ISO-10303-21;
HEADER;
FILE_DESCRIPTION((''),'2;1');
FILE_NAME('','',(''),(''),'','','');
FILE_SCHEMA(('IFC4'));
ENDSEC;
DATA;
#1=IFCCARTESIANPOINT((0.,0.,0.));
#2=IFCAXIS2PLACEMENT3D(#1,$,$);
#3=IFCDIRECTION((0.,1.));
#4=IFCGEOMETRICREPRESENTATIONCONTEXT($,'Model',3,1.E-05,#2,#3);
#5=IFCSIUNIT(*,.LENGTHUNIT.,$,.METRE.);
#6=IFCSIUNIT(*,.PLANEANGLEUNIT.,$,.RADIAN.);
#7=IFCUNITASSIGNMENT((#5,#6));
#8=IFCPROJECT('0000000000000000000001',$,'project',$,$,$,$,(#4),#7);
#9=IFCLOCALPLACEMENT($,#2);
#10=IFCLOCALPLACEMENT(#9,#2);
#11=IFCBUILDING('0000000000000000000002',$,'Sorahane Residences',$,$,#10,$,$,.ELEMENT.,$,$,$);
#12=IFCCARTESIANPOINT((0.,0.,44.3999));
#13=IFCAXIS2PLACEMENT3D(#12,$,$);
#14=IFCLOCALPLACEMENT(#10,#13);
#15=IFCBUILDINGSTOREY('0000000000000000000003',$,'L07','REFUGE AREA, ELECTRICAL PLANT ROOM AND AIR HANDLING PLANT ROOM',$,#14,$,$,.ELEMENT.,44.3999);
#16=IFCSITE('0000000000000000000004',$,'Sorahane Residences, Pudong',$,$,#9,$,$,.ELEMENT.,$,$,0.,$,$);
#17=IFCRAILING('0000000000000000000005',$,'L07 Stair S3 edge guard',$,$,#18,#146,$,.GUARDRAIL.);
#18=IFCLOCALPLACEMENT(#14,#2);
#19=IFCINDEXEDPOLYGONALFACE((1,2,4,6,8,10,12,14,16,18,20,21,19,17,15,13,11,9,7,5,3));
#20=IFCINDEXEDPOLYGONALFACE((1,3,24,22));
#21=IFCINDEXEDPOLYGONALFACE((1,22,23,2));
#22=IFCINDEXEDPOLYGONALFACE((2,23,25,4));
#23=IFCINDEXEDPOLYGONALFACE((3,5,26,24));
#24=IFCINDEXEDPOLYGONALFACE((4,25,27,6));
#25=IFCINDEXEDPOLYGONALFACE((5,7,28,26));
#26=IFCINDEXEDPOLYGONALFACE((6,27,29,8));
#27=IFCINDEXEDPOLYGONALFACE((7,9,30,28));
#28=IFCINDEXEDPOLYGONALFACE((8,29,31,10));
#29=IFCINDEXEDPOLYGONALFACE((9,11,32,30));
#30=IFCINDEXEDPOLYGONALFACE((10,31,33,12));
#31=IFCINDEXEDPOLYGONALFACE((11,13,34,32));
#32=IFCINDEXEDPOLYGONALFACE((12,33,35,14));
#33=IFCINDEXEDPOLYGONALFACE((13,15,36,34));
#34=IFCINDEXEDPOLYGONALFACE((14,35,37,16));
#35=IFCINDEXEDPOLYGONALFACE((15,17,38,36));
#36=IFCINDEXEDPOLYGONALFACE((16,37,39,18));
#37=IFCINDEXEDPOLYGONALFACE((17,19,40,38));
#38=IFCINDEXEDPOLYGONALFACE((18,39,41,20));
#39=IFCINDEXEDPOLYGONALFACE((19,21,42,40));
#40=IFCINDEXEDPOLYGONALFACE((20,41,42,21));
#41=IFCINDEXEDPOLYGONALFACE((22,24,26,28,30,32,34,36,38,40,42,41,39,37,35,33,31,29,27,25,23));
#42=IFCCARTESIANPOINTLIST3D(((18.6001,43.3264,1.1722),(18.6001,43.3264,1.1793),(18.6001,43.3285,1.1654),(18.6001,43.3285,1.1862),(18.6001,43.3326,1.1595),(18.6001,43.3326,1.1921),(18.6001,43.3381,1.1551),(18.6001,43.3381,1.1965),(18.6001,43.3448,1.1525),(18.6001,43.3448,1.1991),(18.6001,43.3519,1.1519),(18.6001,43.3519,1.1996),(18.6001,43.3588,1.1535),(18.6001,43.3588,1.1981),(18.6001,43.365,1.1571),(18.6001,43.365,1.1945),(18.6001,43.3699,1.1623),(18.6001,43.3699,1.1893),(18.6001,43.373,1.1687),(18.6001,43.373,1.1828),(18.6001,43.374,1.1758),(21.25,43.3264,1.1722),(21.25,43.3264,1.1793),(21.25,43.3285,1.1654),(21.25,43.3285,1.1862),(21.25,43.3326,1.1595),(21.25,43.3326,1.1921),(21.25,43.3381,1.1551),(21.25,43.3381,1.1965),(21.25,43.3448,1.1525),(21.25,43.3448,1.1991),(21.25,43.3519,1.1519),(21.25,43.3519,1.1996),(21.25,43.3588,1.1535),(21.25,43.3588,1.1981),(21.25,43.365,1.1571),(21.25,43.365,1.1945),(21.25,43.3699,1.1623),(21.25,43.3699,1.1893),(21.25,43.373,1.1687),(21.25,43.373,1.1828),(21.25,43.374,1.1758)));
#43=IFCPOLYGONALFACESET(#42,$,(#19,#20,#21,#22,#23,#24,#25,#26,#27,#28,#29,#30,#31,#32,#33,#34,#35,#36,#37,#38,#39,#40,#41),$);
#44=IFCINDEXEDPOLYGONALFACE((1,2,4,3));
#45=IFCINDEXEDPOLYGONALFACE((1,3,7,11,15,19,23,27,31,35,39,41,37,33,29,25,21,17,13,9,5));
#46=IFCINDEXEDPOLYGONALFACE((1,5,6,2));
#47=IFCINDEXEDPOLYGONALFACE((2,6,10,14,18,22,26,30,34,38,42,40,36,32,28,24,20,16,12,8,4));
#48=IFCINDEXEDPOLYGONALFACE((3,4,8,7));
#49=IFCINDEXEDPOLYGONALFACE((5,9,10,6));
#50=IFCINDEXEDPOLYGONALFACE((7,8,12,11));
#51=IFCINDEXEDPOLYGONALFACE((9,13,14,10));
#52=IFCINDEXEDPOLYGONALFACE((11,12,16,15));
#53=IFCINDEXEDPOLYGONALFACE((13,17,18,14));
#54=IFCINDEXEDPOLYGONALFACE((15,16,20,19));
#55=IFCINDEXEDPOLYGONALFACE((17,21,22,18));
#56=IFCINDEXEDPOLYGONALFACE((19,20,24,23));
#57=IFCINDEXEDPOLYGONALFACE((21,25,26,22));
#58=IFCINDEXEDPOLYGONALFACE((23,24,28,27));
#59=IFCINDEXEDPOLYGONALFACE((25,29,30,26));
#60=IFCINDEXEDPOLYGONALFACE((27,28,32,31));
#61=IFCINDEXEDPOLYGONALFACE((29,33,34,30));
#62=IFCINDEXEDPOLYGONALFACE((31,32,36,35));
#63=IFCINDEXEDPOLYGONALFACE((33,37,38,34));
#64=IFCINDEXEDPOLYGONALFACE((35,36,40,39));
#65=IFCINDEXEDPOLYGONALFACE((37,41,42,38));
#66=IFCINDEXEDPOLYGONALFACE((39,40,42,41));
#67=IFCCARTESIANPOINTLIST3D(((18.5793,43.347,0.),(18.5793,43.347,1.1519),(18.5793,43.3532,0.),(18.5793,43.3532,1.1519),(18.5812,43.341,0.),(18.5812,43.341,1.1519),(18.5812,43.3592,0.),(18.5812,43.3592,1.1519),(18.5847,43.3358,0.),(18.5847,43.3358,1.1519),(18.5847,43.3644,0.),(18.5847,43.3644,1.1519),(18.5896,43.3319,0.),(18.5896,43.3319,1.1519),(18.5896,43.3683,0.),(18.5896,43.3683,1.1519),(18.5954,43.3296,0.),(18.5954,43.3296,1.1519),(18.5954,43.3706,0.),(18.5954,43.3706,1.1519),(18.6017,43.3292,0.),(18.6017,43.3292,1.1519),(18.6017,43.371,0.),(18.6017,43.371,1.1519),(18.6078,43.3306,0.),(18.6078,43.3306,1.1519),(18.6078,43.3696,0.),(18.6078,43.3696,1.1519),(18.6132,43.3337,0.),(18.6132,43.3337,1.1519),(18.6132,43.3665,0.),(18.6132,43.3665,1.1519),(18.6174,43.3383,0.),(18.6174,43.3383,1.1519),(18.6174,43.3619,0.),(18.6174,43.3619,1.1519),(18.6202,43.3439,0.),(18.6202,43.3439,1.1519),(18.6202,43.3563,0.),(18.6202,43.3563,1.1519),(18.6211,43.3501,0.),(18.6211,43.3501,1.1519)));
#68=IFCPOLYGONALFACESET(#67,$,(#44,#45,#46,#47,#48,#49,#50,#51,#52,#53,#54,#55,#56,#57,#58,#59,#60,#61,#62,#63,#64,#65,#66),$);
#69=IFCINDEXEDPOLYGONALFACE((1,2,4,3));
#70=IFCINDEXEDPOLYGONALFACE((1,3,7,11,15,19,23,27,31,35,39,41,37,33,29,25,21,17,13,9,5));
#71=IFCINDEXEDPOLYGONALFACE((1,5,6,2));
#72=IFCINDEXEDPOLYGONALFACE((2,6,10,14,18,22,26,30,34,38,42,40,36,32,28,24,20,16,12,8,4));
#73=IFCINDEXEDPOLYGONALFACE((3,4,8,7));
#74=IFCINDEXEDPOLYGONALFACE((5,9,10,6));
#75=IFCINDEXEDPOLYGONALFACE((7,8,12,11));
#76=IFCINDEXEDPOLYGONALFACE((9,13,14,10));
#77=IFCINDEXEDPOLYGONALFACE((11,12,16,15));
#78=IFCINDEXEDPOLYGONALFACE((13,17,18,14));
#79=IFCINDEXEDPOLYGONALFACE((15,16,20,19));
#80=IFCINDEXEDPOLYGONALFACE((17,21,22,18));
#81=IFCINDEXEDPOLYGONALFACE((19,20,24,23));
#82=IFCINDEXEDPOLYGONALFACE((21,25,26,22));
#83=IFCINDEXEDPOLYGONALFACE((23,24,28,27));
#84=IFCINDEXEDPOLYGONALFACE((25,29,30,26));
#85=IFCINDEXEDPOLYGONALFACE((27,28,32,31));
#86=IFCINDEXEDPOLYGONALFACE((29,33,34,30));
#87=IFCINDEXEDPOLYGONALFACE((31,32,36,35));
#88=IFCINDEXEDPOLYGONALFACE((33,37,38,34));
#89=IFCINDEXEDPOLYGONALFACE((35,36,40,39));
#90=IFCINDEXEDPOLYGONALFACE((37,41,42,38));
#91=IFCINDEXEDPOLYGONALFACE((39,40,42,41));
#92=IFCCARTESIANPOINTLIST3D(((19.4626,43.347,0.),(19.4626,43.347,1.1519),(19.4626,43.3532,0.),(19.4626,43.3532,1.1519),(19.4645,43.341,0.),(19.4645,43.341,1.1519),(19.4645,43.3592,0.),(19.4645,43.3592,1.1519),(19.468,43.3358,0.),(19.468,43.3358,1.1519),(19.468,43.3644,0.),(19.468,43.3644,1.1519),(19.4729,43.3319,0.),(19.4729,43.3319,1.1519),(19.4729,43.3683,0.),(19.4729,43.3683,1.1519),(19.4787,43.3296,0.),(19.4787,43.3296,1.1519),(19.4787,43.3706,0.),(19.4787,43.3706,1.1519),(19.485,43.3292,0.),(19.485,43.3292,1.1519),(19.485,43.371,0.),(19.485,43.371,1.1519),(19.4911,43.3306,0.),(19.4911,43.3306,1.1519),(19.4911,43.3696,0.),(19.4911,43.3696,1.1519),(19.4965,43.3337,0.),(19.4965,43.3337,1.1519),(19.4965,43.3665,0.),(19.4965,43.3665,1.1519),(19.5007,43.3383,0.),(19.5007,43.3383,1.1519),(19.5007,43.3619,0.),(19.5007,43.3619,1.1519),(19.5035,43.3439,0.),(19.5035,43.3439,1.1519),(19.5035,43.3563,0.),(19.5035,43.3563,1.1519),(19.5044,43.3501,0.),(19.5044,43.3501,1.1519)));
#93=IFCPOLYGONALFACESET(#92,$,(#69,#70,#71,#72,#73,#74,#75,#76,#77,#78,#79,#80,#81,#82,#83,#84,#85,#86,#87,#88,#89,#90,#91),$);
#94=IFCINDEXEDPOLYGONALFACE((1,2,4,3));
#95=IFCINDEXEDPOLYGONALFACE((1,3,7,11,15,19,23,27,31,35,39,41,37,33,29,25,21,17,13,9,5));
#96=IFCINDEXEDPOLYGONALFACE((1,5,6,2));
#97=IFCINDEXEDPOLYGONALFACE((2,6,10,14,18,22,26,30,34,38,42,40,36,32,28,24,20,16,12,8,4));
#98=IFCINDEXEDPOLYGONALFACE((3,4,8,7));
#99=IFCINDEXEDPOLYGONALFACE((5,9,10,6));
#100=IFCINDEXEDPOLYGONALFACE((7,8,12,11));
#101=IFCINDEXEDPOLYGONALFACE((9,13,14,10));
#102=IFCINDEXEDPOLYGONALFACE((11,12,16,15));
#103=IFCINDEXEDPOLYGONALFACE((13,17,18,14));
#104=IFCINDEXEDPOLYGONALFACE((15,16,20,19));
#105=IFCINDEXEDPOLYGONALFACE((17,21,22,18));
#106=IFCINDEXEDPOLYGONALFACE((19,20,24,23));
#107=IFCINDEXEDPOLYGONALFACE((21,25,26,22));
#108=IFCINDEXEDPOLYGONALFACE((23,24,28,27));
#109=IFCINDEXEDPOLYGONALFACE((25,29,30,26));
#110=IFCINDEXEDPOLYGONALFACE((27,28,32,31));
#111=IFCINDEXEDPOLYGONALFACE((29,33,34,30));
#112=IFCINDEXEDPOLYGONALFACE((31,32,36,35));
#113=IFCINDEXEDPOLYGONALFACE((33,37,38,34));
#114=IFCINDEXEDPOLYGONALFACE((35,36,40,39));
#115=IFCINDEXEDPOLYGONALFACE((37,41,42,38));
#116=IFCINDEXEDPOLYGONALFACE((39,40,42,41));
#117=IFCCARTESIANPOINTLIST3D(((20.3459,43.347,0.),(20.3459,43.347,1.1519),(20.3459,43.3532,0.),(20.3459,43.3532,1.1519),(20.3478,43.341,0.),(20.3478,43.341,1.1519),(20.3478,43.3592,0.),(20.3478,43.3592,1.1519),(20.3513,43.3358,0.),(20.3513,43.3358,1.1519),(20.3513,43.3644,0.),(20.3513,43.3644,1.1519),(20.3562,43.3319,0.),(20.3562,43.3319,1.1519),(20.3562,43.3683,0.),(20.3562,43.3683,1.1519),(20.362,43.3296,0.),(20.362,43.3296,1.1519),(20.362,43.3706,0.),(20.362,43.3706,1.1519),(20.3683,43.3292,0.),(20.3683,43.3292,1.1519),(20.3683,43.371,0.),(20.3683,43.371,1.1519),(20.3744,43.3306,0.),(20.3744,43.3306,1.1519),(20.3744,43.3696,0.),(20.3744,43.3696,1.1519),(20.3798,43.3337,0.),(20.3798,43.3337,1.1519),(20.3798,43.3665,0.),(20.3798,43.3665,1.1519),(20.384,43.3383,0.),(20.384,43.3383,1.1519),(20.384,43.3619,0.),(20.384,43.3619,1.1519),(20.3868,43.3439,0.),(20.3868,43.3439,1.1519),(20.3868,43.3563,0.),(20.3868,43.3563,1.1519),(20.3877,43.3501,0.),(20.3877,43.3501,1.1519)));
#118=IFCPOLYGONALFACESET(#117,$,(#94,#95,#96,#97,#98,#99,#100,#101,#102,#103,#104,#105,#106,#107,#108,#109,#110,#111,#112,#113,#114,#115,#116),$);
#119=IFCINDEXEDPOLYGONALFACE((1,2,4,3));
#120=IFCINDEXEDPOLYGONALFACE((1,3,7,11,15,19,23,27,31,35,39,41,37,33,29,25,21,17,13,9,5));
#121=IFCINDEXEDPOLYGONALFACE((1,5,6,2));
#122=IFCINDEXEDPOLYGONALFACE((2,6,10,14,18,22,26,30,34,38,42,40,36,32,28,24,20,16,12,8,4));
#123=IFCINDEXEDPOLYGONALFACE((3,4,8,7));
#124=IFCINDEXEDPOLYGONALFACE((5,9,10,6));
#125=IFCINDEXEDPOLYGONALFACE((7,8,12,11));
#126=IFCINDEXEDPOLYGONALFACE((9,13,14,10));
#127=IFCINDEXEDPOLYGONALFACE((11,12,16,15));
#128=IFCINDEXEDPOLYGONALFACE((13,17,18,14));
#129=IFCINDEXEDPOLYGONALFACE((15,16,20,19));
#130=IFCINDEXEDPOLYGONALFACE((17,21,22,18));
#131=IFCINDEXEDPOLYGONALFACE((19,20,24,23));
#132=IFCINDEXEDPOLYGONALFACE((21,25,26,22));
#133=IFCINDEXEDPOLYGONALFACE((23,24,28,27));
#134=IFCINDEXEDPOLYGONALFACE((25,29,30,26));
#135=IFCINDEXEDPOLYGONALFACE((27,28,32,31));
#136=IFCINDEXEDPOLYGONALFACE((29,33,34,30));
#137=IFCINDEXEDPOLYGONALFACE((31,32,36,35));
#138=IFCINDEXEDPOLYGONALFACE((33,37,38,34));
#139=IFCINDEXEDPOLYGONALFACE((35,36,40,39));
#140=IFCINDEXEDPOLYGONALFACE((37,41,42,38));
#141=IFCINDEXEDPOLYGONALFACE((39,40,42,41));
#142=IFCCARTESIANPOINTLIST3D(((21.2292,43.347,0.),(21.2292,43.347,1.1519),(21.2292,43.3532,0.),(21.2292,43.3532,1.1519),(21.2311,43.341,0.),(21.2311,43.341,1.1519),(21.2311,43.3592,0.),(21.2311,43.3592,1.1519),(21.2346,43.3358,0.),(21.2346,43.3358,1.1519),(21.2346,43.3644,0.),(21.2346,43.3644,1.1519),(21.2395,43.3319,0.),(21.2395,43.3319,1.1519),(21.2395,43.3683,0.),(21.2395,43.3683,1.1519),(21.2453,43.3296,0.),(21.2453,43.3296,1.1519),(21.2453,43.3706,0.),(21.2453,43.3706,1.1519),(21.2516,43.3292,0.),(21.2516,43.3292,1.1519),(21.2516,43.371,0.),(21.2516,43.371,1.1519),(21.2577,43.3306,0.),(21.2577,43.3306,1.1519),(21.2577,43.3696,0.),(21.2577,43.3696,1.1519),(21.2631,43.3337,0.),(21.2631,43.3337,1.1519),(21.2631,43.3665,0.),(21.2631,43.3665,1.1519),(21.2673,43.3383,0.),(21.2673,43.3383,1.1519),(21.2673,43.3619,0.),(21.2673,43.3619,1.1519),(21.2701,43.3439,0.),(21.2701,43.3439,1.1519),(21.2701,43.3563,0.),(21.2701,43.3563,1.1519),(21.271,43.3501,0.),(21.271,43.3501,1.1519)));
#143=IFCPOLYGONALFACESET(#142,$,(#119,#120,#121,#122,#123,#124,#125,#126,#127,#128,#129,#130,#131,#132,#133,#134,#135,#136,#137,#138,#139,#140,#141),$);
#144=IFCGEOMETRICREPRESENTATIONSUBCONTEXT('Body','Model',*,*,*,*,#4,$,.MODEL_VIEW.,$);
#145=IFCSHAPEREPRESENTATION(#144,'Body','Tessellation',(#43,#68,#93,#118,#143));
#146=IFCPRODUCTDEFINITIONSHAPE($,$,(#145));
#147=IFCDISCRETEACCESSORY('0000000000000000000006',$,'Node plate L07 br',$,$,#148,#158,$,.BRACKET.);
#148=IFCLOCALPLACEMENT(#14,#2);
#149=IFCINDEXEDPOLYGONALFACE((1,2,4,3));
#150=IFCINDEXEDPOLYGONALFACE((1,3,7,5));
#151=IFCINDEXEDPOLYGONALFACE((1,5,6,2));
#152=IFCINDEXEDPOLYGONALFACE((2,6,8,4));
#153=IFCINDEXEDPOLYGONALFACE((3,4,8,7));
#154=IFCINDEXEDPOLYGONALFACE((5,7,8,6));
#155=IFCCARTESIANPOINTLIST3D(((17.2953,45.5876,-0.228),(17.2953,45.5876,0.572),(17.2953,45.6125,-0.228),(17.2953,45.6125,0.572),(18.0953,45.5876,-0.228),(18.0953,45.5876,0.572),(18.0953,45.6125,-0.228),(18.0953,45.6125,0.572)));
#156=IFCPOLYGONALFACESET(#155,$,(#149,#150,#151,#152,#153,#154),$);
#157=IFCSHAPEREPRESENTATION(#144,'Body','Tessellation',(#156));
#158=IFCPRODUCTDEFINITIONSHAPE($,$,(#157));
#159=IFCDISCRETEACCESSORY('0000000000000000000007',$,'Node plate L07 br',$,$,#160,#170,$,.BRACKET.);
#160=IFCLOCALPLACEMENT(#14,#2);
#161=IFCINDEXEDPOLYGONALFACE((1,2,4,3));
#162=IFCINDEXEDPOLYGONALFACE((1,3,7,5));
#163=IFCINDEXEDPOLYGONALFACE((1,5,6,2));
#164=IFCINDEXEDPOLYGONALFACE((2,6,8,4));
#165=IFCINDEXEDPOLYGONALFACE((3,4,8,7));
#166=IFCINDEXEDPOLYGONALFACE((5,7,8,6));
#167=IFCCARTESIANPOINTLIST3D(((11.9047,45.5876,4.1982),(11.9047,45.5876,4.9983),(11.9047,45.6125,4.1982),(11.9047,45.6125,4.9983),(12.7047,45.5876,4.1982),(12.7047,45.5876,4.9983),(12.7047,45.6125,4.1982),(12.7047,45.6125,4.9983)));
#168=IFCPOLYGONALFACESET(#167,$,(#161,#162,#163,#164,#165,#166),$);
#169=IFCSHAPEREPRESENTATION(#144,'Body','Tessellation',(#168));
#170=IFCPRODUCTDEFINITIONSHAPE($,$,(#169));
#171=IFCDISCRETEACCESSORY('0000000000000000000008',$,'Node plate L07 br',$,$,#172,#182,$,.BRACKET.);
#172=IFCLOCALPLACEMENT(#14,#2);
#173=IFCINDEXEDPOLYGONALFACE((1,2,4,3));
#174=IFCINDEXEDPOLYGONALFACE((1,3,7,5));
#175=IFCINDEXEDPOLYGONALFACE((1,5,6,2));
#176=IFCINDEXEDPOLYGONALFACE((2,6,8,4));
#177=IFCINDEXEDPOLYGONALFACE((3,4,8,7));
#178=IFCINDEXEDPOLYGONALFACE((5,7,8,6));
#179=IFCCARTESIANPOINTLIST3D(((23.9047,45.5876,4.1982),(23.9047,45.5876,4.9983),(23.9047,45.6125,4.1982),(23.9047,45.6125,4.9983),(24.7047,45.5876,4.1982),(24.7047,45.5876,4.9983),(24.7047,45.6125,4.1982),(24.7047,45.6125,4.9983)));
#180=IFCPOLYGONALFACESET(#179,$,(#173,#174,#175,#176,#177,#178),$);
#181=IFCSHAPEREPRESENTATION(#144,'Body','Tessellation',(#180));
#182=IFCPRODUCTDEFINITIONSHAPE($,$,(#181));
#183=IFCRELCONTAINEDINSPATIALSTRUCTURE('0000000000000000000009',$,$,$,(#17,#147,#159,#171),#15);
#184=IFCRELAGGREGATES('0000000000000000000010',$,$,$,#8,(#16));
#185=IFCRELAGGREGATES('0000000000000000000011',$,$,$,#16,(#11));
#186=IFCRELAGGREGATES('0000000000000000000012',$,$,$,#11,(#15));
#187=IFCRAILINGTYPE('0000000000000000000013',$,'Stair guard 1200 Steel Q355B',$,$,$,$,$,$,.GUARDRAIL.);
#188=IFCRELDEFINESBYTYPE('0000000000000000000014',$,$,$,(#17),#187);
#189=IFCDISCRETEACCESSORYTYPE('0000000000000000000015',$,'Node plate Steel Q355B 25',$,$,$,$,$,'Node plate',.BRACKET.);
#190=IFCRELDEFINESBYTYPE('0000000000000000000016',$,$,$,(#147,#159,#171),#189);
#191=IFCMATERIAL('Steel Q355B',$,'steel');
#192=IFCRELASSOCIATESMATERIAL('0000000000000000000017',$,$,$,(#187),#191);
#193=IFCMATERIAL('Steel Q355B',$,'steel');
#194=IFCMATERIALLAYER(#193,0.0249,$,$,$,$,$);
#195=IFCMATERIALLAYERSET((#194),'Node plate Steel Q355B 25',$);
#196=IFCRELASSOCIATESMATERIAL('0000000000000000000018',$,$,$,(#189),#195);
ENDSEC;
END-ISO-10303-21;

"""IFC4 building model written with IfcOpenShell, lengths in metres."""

from ifc_helpers import new_model, si_unit, direction, frame, origin, origin_2d, place, context, subcontext, project, spatial, rectangle, circle, extrude, material, layer, layer_set, type_object, element, save


model = new_model("IFC4")

# Units and contexts
model_context = context("Model", 3, precision=1e-05, world=origin(), true_north=direction((0.0, 1.0)))
body_context = subcontext(model_context, "Body", "Model", "MODEL_VIEW")
ifc_project = project(units=[si_unit("LENGTHUNIT", "METRE"), si_unit("PLANEANGLEUNIT", "RADIAN")], contexts=[model_context])

# Site, building, storey
site_placement = place(None, origin())
site = spatial("IfcSite", under=ifc_project, at=site_placement, Name="Sorahane Residences, Pudong", CompositionType="ELEMENT", RefElevation=0.0)
building_placement = place(site_placement, origin())
building = spatial("IfcBuilding", under=site, at=building_placement, Name="Sorahane Residences", CompositionType="ELEMENT")
storey_placement = place(building_placement, frame((0.0, 0.0, 44.3999)))
storey = spatial("IfcBuildingStorey", under=building, at=storey_placement, Name="L07", Description="REFUGE AREA, ELECTRICAL PLANT ROOM AND AIR HANDLING PLANT ROOM", CompositionType="ELEMENT", Elevation=44.3999)

# Railing
ifc_material_1 = material(Name="Steel Q355B", Category="steel")
railing_type = type_object("IfcRailingType", Name="Stair guard 1200 Steel Q355B", PredefinedType="GUARDRAIL", material=ifc_material_1)
railing_1_placement = place(storey_placement, frame((18.6001, 43.3501, 0.0)))
element("IfcRailing", 1, at=railing_1_placement, inside=storey, type_object=railing_type, Name="L07 Stair S3 edge guard", PredefinedType="GUARDRAIL", context=body_context, shape_type="SweptSolid", body=[
    extrude(circle(Radius=0.0239, at=origin_2d()), frame((0.0, 0.0, 1.1758), z_axis=(1.0, 0.0, 0.0), x_axis=(0.0, 1.0, 0.0)), (0.0, 0.0, 1.0), 2.6499),
    extrude(circle(Radius=0.021, at=origin_2d()), origin(), (0.0, 0.0, 1.0), 1.1519),
    extrude(circle(Radius=0.021, at=origin_2d()), frame((0.8833, 0.0, 0.0)), (0.0, 0.0, 1.0), 1.1519),
    extrude(circle(Radius=0.021, at=origin_2d()), frame((1.7666, 0.0, 0.0)), (0.0, 0.0, 1.0), 1.1519),
    extrude(circle(Radius=0.021, at=origin_2d()), frame((2.6499, 0.0, 0.0)), (0.0, 0.0, 1.0), 1.1519),
])

# Discrete accessories
ifc_material_2 = material(Name="Steel Q355B", Category="steel")
ifc_layer_1 = layer(ifc_material_2, 0.0249)
ifc_layer_set_1 = layer_set([ifc_layer_1], Name="Node plate Steel Q355B 25")
discrete_accessory_type = type_object("IfcDiscreteAccessoryType", Name="Node plate Steel Q355B 25", ElementType="Node plate", PredefinedType="BRACKET", material=ifc_layer_set_1)
for number, where, z_axis, x_axis, name in (
    (2, (17.6953, 45.6001, -0.228), (0.0, 0.0, 1.0), (1.0, 0.0, 0.0), "Node plate L07 br"),
    (3, (12.3047, 45.6001, 4.1982), (0.0, 0.0, 1.0), (1.0, 0.0, 0.0), "Node plate L07 br"),
    (4, (24.3047, 45.6001, 4.1982), (0.0, 0.0, 1.0), (1.0, 0.0, 0.0), "Node plate L07 br"),
):
    element("IfcDiscreteAccessory", number, at=place(storey_placement, frame(where, z_axis=z_axis, x_axis=x_axis)), inside=storey, type_object=discrete_accessory_type, Name=name, PredefinedType="BRACKET", context=body_context, shape_type="SweptSolid", body=[
        extrude(rectangle(XDim=0.8, YDim=0.0249, at=origin_2d()), origin(), (0.0, 0.0, 1.0), 0.8),
    ])

save(model, "model.ifc")
